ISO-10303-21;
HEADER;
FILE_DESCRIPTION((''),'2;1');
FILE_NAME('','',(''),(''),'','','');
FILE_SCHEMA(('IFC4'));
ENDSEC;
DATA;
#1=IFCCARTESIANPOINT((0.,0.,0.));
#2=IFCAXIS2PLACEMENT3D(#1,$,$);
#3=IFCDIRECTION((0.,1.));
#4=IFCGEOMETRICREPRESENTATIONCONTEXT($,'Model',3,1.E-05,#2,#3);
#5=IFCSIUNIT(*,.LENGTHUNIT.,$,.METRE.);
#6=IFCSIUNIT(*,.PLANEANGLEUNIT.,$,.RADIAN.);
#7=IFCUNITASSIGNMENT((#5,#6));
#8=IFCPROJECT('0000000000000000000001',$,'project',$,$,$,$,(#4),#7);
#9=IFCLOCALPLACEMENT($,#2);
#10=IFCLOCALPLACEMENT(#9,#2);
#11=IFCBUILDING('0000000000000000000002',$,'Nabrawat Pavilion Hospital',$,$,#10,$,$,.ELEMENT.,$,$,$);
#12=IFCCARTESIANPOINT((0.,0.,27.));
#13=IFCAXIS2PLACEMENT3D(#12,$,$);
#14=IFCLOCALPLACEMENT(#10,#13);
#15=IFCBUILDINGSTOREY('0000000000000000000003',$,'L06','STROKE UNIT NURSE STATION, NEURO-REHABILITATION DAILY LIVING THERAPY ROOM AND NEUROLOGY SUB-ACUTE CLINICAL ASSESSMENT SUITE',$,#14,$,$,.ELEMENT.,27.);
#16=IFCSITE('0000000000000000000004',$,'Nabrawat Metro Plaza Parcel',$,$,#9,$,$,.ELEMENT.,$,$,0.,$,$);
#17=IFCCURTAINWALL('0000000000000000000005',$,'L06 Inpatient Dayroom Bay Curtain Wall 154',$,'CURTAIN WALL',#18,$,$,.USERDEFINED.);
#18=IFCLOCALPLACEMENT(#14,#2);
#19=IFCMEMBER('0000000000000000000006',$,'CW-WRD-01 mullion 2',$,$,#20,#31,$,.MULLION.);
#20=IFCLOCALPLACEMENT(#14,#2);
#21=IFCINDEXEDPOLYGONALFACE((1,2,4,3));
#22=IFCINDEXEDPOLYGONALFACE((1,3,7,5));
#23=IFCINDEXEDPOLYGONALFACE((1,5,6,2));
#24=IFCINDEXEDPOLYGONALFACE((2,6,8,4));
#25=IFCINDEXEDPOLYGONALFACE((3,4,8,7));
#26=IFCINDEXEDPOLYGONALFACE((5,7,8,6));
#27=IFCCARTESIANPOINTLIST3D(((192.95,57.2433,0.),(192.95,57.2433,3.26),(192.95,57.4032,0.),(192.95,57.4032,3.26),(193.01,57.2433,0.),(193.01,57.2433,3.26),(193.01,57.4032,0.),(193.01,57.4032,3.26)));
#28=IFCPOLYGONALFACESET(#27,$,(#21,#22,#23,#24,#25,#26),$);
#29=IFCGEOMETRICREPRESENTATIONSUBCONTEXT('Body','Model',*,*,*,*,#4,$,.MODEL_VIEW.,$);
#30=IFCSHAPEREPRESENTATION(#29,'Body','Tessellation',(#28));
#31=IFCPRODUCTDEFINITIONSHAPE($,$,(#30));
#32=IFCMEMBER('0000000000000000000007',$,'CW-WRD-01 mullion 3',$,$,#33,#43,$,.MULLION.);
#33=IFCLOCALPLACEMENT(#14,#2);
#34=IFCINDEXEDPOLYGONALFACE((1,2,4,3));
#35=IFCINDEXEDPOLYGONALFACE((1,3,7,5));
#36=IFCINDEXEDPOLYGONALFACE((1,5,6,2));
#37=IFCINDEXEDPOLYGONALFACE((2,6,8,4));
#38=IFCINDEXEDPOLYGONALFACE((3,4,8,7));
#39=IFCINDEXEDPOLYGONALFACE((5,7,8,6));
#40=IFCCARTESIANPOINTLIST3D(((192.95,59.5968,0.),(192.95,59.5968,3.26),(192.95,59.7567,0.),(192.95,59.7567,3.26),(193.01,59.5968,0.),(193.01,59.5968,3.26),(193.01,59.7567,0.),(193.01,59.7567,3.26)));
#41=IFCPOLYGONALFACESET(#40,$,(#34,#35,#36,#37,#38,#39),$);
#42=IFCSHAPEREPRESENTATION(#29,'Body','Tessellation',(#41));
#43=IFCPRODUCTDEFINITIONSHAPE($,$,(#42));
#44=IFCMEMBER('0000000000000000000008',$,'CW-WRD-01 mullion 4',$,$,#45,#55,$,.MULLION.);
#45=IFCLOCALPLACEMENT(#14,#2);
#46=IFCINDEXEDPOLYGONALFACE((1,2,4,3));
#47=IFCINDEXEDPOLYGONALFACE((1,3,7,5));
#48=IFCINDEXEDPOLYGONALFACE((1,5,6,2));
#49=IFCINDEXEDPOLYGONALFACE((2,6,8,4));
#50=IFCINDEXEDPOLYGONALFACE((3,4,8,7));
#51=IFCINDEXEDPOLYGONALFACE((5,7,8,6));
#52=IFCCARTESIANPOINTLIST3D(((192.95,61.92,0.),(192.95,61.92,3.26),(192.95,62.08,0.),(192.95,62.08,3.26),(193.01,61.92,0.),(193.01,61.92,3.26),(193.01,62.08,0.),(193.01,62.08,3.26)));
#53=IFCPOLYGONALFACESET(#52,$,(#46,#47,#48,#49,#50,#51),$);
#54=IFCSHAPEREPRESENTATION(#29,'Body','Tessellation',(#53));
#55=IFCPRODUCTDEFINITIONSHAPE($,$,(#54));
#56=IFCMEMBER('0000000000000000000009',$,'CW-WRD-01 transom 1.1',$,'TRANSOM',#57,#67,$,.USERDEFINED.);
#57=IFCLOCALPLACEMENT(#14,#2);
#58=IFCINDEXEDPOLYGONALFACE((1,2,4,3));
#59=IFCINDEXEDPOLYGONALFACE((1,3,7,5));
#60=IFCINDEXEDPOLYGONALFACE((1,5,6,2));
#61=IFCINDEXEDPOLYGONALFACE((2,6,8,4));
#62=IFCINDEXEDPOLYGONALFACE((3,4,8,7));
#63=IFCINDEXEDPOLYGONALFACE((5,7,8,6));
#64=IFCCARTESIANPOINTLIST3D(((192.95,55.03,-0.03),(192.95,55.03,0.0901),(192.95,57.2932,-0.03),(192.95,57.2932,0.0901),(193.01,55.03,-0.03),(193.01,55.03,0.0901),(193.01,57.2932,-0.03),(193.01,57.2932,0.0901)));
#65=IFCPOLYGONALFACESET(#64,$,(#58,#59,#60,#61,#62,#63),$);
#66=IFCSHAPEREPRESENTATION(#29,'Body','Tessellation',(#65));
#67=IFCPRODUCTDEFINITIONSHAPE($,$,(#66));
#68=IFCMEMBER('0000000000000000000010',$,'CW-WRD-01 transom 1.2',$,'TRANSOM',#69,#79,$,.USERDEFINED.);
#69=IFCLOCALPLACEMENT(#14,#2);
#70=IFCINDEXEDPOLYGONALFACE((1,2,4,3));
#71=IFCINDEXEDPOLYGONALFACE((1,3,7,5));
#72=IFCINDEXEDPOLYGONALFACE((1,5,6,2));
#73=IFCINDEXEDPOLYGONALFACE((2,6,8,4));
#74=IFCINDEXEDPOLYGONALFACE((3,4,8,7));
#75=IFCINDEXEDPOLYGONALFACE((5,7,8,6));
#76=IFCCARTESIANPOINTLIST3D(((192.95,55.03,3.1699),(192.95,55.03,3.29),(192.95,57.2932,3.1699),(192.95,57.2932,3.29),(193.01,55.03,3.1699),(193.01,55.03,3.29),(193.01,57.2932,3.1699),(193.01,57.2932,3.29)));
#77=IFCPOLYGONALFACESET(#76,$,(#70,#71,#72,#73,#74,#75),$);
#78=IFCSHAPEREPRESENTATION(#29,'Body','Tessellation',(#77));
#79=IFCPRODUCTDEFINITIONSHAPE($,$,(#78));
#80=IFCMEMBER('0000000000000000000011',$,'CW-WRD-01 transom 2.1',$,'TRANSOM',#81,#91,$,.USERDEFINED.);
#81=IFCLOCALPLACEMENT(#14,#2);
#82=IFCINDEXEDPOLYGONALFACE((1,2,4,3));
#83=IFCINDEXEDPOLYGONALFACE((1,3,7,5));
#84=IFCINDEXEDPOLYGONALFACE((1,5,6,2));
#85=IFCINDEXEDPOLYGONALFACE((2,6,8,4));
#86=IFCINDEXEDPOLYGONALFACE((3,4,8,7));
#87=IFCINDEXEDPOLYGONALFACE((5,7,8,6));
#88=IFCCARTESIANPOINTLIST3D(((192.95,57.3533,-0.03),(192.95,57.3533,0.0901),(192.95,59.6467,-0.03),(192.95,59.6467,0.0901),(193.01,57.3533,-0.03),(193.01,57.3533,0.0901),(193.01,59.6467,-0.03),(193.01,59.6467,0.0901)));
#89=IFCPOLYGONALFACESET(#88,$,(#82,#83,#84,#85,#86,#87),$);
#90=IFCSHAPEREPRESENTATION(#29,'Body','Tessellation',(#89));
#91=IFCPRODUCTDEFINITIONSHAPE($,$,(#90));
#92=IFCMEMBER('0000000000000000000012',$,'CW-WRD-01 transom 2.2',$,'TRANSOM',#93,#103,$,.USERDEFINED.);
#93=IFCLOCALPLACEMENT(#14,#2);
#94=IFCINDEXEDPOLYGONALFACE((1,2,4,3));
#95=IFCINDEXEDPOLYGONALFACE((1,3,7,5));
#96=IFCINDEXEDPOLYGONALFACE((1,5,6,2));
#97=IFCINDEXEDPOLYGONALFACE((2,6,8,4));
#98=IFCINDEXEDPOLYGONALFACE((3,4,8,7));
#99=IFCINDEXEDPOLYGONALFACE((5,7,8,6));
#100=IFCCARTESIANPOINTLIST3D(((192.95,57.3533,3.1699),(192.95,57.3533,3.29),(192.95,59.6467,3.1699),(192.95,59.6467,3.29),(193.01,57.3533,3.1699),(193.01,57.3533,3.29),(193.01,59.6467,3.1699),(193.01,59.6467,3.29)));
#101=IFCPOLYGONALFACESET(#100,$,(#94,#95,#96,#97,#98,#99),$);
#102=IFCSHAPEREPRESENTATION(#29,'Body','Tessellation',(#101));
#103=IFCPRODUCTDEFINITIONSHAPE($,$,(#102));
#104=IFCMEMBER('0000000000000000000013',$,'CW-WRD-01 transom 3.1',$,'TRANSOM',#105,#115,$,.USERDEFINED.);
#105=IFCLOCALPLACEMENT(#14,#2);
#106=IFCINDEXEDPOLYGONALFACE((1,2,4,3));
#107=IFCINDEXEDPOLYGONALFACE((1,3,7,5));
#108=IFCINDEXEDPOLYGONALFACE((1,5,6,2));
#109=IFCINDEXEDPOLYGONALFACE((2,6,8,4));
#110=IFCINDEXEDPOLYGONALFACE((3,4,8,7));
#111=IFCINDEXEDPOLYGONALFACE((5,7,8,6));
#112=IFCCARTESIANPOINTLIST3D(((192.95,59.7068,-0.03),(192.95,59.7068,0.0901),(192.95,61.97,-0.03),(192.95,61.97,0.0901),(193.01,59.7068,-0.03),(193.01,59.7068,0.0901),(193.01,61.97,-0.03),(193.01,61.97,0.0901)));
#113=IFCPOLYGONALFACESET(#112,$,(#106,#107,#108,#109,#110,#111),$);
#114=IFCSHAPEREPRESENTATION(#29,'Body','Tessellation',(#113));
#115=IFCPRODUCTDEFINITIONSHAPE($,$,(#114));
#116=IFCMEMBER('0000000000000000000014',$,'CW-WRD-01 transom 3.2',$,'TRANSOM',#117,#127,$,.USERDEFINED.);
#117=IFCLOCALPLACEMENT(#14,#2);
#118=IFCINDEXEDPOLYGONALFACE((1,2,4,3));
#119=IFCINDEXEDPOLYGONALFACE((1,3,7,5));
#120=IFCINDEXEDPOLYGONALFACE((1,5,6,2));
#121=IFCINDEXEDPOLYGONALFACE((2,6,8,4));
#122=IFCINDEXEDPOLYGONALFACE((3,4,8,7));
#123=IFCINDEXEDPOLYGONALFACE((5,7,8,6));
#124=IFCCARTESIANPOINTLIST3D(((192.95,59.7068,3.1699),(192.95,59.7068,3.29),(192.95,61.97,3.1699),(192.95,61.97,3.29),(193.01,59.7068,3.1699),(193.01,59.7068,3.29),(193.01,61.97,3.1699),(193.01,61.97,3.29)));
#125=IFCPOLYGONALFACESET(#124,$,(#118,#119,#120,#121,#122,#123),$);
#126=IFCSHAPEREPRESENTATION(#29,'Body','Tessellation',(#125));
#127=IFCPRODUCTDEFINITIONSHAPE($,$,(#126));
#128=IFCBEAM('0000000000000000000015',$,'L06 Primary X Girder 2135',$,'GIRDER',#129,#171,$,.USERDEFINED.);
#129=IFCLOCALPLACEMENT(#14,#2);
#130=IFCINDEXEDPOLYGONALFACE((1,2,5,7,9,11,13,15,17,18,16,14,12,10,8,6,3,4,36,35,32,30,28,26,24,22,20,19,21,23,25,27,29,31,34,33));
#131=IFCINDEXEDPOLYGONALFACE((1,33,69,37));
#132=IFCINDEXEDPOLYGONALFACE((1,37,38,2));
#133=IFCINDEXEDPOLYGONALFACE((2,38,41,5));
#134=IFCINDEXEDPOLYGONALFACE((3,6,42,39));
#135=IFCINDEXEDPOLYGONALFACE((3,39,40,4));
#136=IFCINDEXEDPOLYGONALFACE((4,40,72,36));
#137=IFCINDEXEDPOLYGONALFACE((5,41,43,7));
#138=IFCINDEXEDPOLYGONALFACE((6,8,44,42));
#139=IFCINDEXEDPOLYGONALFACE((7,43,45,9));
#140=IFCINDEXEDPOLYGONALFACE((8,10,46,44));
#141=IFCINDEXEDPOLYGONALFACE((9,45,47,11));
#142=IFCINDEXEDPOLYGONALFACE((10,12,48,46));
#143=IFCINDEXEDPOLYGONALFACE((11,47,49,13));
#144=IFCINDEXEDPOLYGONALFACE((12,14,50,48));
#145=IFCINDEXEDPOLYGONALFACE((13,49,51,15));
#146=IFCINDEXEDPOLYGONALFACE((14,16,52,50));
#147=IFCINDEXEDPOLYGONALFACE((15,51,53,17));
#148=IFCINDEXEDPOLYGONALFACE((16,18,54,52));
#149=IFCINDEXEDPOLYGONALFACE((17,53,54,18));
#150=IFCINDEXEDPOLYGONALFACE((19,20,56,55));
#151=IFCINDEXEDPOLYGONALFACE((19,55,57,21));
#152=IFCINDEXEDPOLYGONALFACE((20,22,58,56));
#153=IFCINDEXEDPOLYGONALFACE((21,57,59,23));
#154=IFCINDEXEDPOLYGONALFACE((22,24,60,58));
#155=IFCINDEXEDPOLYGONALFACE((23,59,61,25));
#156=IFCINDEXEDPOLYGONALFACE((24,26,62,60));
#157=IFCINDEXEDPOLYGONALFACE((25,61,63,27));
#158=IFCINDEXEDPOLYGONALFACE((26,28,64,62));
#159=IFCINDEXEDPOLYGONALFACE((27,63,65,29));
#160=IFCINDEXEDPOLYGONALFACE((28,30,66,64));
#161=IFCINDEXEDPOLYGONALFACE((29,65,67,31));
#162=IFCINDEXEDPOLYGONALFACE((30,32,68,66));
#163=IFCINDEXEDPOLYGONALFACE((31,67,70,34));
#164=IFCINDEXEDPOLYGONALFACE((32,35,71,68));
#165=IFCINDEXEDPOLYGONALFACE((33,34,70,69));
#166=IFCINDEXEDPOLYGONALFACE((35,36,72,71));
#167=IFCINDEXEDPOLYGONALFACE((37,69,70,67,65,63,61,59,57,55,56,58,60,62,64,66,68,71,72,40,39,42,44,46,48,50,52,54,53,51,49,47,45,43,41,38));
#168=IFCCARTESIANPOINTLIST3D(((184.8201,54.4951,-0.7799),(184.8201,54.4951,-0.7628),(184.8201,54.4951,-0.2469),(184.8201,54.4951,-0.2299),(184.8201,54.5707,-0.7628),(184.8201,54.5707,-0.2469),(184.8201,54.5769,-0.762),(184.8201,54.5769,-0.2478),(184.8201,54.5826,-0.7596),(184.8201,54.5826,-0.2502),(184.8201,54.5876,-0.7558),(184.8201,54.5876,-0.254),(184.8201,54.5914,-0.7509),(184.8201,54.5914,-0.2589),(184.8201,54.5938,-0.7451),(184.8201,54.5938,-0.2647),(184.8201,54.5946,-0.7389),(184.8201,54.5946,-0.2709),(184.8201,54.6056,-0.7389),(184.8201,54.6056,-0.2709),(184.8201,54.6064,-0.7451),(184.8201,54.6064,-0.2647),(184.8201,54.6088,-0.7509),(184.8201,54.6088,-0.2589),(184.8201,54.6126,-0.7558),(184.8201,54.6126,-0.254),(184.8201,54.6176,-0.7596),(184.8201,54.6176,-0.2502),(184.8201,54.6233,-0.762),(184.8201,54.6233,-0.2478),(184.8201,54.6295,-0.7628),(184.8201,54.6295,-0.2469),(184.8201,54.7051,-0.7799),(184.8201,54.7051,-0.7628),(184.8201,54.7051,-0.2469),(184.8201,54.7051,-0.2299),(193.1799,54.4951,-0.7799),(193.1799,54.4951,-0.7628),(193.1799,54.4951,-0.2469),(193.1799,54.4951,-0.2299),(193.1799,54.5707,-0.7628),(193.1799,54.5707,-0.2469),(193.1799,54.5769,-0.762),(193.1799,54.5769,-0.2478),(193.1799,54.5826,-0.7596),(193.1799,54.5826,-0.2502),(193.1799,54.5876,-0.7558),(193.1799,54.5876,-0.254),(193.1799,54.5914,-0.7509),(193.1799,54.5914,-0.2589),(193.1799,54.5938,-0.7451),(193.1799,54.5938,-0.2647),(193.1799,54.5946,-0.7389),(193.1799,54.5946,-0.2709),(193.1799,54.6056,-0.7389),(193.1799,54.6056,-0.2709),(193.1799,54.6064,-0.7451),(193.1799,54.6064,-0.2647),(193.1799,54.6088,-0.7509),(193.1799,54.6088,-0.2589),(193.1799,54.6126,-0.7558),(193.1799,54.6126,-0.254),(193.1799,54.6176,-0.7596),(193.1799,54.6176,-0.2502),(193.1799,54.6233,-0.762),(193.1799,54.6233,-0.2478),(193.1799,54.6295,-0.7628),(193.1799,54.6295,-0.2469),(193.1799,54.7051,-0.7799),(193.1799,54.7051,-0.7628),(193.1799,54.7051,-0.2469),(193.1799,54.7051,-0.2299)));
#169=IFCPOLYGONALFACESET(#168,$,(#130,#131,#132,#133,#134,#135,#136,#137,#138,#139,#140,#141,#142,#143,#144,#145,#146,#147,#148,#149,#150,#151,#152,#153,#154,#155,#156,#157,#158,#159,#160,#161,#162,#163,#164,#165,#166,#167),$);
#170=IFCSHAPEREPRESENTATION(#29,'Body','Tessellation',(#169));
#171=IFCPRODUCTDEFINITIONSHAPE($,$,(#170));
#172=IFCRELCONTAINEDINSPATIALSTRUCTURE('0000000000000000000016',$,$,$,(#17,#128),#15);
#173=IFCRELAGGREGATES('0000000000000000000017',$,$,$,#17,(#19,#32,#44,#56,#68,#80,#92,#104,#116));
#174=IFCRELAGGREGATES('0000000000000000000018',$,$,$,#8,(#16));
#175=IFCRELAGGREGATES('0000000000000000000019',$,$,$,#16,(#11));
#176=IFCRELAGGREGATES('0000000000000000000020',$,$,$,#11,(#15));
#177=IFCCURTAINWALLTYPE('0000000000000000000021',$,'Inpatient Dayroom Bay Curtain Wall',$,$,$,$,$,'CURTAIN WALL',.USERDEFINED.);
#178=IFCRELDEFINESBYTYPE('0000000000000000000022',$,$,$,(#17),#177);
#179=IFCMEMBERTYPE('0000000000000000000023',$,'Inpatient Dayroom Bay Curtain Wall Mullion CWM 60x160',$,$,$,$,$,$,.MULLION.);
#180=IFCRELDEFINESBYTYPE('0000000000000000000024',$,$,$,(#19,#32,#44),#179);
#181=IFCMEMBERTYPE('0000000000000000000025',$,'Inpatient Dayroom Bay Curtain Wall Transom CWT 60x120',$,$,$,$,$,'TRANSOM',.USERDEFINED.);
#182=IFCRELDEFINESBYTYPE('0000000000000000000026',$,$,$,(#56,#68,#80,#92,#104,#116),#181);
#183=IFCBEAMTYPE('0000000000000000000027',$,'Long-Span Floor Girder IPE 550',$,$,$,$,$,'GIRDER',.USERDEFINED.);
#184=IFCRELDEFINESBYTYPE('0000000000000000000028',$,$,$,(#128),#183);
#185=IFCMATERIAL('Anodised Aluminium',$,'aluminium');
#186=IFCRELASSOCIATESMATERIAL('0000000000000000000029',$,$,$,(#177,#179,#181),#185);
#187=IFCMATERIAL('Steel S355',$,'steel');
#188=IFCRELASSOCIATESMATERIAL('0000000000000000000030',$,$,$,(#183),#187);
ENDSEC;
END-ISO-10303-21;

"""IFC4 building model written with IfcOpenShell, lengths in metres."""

from ifc_helpers import new_model, si_unit, direction, frame, origin, origin_2d, place, context, subcontext, project, spatial, rectangle, i_section, extrude, material, material_profile, profile_set, type_object, element, aggregate, save


model = new_model("IFC4")

# Units and contexts
model_context = context("Model", 3, precision=1e-05, world=origin(), true_north=direction((0.0, 1.0)))
body_context = subcontext(model_context, "Body", "Model", "MODEL_VIEW")
ifc_project = project(units=[si_unit("LENGTHUNIT", "METRE"), si_unit("PLANEANGLEUNIT", "RADIAN")], contexts=[model_context])

# Site, building, storey
site_placement = place(None, origin())
site = spatial("IfcSite", under=ifc_project, at=site_placement, Name="Nabrawat Metro Plaza Parcel", CompositionType="ELEMENT", RefElevation=0.0)
building_placement = place(site_placement, origin())
building = spatial("IfcBuilding", under=site, at=building_placement, Name="Nabrawat Pavilion Hospital", CompositionType="ELEMENT")
storey_placement = place(building_placement, frame((0.0, 0.0, 27.0)))
storey = spatial("IfcBuildingStorey", under=building, at=storey_placement, Name="L06", Description="STROKE UNIT NURSE STATION, NEURO-REHABILITATION DAILY LIVING THERAPY ROOM AND NEUROLOGY SUB-ACUTE CLINICAL ASSESSMENT SUITE", CompositionType="ELEMENT", Elevation=27.0)

# Shared definitions
ifc_material_1 = material(Name="Steel S355", Category="steel")

# Curtain wall, members
ifc_material_2 = material(Name="Anodised Aluminium", Category="aluminium")
curtain_wall_type = type_object("IfcCurtainWallType", Name="Inpatient Dayroom Bay Curtain Wall", ElementType="CURTAIN WALL", PredefinedType="USERDEFINED", material=ifc_material_2)
curtain_wall_placement = place(storey_placement, origin())
curtain_wall = element("IfcCurtainWall", 1, at=curtain_wall_placement, inside=storey, type_object=curtain_wall_type, Name="L06 Inpatient Dayroom Bay Curtain Wall 154", ObjectType="CURTAIN WALL", PredefinedType="USERDEFINED")
ifc_material_profile_1 = material_profile(ifc_material_2, rectangle(XDim=0.0601, YDim=0.1599, at=origin_2d()), Name="CWM 60x160")
ifc_profile_set_1 = profile_set([ifc_material_profile_1], Name="Anodised Aluminium")
member_type_1 = type_object("IfcMemberType", Name="Inpatient Dayroom Bay Curtain Wall Mullion CWM 60x160", PredefinedType="MULLION", material=ifc_profile_set_1)
member_1_placement = place(storey_placement, frame((192.98, 57.3232, 0.0), z_axis=(0.0, 0.0, 1.0), x_axis=(-1.0, 0.0, 0.0)))
member_1 = element("IfcMember", 2, at=member_1_placement, type_object=member_type_1, Name="CW-WRD-01 mullion 2", PredefinedType="MULLION", context=body_context, shape_type="SweptSolid", body=[
    extrude(rectangle(XDim=0.0601, YDim=0.1599, at=origin_2d()), origin(), (0.0, 0.0, 1.0), 3.26),
])
member_2_placement = place(storey_placement, frame((192.98, 59.6768, 0.0), z_axis=(0.0, 0.0, 1.0), x_axis=(-1.0, 0.0, 0.0)))
member_2 = element("IfcMember", 3, at=member_2_placement, type_object=member_type_1, Name="CW-WRD-01 mullion 3", PredefinedType="MULLION", context=body_context, shape_type="SweptSolid", body=[
    extrude(rectangle(XDim=0.0601, YDim=0.1599, at=origin_2d()), origin(), (0.0, 0.0, 1.0), 3.26),
])
member_3_placement = place(storey_placement, frame((192.98, 62.0, 0.0), z_axis=(0.0, 0.0, 1.0), x_axis=(-1.0, 0.0, 0.0)))
member_3 = element("IfcMember", 4, at=member_3_placement, type_object=member_type_1, Name="CW-WRD-01 mullion 4", PredefinedType="MULLION", context=body_context, shape_type="SweptSolid", body=[
    extrude(rectangle(XDim=0.0601, YDim=0.1599, at=origin_2d()), origin(), (0.0, 0.0, 1.0), 3.26),
])
ifc_material_profile_2 = material_profile(ifc_material_2, rectangle(XDim=0.0601, YDim=0.1201, at=origin_2d()), Name="CWT 60x120")
ifc_profile_set_2 = profile_set([ifc_material_profile_2], Name="Anodised Aluminium")
member_type_2 = type_object("IfcMemberType", Name="Inpatient Dayroom Bay Curtain Wall Transom CWT 60x120", ElementType="TRANSOM", PredefinedType="USERDEFINED", material=ifc_profile_set_2)
member_4_placement = place(storey_placement, frame((192.98, 55.03, 0.03), z_axis=(0.0, 1.0, 0.0), x_axis=(-1.0, 0.0, 0.0)))
member_4 = element("IfcMember", 5, at=member_4_placement, type_object=member_type_2, Name="CW-WRD-01 transom 1.1", ObjectType="TRANSOM", PredefinedType="USERDEFINED", context=body_context, shape_type="SweptSolid", body=[
    extrude(rectangle(XDim=0.0601, YDim=0.1201, at=origin_2d()), origin(), (0.0, 0.0, 1.0), 2.2632),
])
member_5_placement = place(storey_placement, frame((192.98, 55.03, 3.23), z_axis=(0.0, 1.0, 0.0), x_axis=(-1.0, 0.0, 0.0)))
member_5 = element("IfcMember", 6, at=member_5_placement, type_object=member_type_2, Name="CW-WRD-01 transom 1.2", ObjectType="TRANSOM", PredefinedType="USERDEFINED", context=body_context, shape_type="SweptSolid", body=[
    extrude(rectangle(XDim=0.0601, YDim=0.1201, at=origin_2d()), origin(), (0.0, 0.0, 1.0), 2.2632),
])
member_6_placement = place(storey_placement, frame((192.98, 57.3533, 0.03), z_axis=(0.0, 1.0, 0.0), x_axis=(-1.0, 0.0, 0.0)))
member_6 = element("IfcMember", 7, at=member_6_placement, type_object=member_type_2, Name="CW-WRD-01 transom 2.1", ObjectType="TRANSOM", PredefinedType="USERDEFINED", context=body_context, shape_type="SweptSolid", body=[
    extrude(rectangle(XDim=0.0601, YDim=0.1201, at=origin_2d()), origin(), (0.0, 0.0, 1.0), 2.2935),
])
member_7_placement = place(storey_placement, frame((192.98, 57.3533, 3.23), z_axis=(0.0, 1.0, 0.0), x_axis=(-1.0, 0.0, 0.0)))
member_7 = element("IfcMember", 8, at=member_7_placement, type_object=member_type_2, Name="CW-WRD-01 transom 2.2", ObjectType="TRANSOM", PredefinedType="USERDEFINED", context=body_context, shape_type="SweptSolid", body=[
    extrude(rectangle(XDim=0.0601, YDim=0.1201, at=origin_2d()), origin(), (0.0, 0.0, 1.0), 2.2935),
])
member_8_placement = place(storey_placement, frame((192.98, 59.7068, 0.03), z_axis=(0.0, 1.0, 0.0), x_axis=(-1.0, 0.0, 0.0)))
member_8 = element("IfcMember", 9, at=member_8_placement, type_object=member_type_2, Name="CW-WRD-01 transom 3.1", ObjectType="TRANSOM", PredefinedType="USERDEFINED", context=body_context, shape_type="SweptSolid", body=[
    extrude(rectangle(XDim=0.0601, YDim=0.1201, at=origin_2d()), origin(), (0.0, 0.0, 1.0), 2.2632),
])
member_9_placement = place(storey_placement, frame((192.98, 59.7068, 3.23), z_axis=(0.0, 1.0, 0.0), x_axis=(-1.0, 0.0, 0.0)))
member_9 = element("IfcMember", 10, at=member_9_placement, type_object=member_type_2, Name="CW-WRD-01 transom 3.2", ObjectType="TRANSOM", PredefinedType="USERDEFINED", context=body_context, shape_type="SweptSolid", body=[
    extrude(rectangle(XDim=0.0601, YDim=0.1201, at=origin_2d()), origin(), (0.0, 0.0, 1.0), 2.2632),
])

# Beam
ifc_material_profile_3 = material_profile(ifc_material_1, i_section(OverallWidth=0.21, OverallDepth=0.55, WebThickness=0.011, FlangeThickness=0.0171, FilletRadius=0.0239, at=origin_2d()), Name="IPE 550")
ifc_profile_set_3 = profile_set([ifc_material_profile_3], Name="Steel S355")
beam_type_1 = type_object("IfcBeamType", Name="Long-Span Floor Girder IPE 550", ElementType="GIRDER", PredefinedType="USERDEFINED", material=ifc_profile_set_3)
for number, where, z_axis, x_axis, name in (
    (11, (184.8201, 54.6001, -0.5049), (1.0, 0.0, 0.0), (0.0, 1.0, 0.0), "L06 Primary X Girder 2135"),
):
    element("IfcBeam", number, at=place(storey_placement, frame(where, z_axis=z_axis, x_axis=x_axis)), inside=storey, type_object=beam_type_1, Name=name, ObjectType="GIRDER", PredefinedType="USERDEFINED", context=body_context, shape_type="SweptSolid", body=[
        extrude(i_section(OverallWidth=0.21, OverallDepth=0.55, WebThickness=0.011, FlangeThickness=0.0171, FilletRadius=0.0239, at=origin_2d()), origin(), (0.0, 0.0, 1.0), 8.3599),
    ])

aggregate(curtain_wall, [member_1, member_2, member_3, member_4, member_5, member_6, member_7, member_8, member_9])

save(model, "model.ifc")
